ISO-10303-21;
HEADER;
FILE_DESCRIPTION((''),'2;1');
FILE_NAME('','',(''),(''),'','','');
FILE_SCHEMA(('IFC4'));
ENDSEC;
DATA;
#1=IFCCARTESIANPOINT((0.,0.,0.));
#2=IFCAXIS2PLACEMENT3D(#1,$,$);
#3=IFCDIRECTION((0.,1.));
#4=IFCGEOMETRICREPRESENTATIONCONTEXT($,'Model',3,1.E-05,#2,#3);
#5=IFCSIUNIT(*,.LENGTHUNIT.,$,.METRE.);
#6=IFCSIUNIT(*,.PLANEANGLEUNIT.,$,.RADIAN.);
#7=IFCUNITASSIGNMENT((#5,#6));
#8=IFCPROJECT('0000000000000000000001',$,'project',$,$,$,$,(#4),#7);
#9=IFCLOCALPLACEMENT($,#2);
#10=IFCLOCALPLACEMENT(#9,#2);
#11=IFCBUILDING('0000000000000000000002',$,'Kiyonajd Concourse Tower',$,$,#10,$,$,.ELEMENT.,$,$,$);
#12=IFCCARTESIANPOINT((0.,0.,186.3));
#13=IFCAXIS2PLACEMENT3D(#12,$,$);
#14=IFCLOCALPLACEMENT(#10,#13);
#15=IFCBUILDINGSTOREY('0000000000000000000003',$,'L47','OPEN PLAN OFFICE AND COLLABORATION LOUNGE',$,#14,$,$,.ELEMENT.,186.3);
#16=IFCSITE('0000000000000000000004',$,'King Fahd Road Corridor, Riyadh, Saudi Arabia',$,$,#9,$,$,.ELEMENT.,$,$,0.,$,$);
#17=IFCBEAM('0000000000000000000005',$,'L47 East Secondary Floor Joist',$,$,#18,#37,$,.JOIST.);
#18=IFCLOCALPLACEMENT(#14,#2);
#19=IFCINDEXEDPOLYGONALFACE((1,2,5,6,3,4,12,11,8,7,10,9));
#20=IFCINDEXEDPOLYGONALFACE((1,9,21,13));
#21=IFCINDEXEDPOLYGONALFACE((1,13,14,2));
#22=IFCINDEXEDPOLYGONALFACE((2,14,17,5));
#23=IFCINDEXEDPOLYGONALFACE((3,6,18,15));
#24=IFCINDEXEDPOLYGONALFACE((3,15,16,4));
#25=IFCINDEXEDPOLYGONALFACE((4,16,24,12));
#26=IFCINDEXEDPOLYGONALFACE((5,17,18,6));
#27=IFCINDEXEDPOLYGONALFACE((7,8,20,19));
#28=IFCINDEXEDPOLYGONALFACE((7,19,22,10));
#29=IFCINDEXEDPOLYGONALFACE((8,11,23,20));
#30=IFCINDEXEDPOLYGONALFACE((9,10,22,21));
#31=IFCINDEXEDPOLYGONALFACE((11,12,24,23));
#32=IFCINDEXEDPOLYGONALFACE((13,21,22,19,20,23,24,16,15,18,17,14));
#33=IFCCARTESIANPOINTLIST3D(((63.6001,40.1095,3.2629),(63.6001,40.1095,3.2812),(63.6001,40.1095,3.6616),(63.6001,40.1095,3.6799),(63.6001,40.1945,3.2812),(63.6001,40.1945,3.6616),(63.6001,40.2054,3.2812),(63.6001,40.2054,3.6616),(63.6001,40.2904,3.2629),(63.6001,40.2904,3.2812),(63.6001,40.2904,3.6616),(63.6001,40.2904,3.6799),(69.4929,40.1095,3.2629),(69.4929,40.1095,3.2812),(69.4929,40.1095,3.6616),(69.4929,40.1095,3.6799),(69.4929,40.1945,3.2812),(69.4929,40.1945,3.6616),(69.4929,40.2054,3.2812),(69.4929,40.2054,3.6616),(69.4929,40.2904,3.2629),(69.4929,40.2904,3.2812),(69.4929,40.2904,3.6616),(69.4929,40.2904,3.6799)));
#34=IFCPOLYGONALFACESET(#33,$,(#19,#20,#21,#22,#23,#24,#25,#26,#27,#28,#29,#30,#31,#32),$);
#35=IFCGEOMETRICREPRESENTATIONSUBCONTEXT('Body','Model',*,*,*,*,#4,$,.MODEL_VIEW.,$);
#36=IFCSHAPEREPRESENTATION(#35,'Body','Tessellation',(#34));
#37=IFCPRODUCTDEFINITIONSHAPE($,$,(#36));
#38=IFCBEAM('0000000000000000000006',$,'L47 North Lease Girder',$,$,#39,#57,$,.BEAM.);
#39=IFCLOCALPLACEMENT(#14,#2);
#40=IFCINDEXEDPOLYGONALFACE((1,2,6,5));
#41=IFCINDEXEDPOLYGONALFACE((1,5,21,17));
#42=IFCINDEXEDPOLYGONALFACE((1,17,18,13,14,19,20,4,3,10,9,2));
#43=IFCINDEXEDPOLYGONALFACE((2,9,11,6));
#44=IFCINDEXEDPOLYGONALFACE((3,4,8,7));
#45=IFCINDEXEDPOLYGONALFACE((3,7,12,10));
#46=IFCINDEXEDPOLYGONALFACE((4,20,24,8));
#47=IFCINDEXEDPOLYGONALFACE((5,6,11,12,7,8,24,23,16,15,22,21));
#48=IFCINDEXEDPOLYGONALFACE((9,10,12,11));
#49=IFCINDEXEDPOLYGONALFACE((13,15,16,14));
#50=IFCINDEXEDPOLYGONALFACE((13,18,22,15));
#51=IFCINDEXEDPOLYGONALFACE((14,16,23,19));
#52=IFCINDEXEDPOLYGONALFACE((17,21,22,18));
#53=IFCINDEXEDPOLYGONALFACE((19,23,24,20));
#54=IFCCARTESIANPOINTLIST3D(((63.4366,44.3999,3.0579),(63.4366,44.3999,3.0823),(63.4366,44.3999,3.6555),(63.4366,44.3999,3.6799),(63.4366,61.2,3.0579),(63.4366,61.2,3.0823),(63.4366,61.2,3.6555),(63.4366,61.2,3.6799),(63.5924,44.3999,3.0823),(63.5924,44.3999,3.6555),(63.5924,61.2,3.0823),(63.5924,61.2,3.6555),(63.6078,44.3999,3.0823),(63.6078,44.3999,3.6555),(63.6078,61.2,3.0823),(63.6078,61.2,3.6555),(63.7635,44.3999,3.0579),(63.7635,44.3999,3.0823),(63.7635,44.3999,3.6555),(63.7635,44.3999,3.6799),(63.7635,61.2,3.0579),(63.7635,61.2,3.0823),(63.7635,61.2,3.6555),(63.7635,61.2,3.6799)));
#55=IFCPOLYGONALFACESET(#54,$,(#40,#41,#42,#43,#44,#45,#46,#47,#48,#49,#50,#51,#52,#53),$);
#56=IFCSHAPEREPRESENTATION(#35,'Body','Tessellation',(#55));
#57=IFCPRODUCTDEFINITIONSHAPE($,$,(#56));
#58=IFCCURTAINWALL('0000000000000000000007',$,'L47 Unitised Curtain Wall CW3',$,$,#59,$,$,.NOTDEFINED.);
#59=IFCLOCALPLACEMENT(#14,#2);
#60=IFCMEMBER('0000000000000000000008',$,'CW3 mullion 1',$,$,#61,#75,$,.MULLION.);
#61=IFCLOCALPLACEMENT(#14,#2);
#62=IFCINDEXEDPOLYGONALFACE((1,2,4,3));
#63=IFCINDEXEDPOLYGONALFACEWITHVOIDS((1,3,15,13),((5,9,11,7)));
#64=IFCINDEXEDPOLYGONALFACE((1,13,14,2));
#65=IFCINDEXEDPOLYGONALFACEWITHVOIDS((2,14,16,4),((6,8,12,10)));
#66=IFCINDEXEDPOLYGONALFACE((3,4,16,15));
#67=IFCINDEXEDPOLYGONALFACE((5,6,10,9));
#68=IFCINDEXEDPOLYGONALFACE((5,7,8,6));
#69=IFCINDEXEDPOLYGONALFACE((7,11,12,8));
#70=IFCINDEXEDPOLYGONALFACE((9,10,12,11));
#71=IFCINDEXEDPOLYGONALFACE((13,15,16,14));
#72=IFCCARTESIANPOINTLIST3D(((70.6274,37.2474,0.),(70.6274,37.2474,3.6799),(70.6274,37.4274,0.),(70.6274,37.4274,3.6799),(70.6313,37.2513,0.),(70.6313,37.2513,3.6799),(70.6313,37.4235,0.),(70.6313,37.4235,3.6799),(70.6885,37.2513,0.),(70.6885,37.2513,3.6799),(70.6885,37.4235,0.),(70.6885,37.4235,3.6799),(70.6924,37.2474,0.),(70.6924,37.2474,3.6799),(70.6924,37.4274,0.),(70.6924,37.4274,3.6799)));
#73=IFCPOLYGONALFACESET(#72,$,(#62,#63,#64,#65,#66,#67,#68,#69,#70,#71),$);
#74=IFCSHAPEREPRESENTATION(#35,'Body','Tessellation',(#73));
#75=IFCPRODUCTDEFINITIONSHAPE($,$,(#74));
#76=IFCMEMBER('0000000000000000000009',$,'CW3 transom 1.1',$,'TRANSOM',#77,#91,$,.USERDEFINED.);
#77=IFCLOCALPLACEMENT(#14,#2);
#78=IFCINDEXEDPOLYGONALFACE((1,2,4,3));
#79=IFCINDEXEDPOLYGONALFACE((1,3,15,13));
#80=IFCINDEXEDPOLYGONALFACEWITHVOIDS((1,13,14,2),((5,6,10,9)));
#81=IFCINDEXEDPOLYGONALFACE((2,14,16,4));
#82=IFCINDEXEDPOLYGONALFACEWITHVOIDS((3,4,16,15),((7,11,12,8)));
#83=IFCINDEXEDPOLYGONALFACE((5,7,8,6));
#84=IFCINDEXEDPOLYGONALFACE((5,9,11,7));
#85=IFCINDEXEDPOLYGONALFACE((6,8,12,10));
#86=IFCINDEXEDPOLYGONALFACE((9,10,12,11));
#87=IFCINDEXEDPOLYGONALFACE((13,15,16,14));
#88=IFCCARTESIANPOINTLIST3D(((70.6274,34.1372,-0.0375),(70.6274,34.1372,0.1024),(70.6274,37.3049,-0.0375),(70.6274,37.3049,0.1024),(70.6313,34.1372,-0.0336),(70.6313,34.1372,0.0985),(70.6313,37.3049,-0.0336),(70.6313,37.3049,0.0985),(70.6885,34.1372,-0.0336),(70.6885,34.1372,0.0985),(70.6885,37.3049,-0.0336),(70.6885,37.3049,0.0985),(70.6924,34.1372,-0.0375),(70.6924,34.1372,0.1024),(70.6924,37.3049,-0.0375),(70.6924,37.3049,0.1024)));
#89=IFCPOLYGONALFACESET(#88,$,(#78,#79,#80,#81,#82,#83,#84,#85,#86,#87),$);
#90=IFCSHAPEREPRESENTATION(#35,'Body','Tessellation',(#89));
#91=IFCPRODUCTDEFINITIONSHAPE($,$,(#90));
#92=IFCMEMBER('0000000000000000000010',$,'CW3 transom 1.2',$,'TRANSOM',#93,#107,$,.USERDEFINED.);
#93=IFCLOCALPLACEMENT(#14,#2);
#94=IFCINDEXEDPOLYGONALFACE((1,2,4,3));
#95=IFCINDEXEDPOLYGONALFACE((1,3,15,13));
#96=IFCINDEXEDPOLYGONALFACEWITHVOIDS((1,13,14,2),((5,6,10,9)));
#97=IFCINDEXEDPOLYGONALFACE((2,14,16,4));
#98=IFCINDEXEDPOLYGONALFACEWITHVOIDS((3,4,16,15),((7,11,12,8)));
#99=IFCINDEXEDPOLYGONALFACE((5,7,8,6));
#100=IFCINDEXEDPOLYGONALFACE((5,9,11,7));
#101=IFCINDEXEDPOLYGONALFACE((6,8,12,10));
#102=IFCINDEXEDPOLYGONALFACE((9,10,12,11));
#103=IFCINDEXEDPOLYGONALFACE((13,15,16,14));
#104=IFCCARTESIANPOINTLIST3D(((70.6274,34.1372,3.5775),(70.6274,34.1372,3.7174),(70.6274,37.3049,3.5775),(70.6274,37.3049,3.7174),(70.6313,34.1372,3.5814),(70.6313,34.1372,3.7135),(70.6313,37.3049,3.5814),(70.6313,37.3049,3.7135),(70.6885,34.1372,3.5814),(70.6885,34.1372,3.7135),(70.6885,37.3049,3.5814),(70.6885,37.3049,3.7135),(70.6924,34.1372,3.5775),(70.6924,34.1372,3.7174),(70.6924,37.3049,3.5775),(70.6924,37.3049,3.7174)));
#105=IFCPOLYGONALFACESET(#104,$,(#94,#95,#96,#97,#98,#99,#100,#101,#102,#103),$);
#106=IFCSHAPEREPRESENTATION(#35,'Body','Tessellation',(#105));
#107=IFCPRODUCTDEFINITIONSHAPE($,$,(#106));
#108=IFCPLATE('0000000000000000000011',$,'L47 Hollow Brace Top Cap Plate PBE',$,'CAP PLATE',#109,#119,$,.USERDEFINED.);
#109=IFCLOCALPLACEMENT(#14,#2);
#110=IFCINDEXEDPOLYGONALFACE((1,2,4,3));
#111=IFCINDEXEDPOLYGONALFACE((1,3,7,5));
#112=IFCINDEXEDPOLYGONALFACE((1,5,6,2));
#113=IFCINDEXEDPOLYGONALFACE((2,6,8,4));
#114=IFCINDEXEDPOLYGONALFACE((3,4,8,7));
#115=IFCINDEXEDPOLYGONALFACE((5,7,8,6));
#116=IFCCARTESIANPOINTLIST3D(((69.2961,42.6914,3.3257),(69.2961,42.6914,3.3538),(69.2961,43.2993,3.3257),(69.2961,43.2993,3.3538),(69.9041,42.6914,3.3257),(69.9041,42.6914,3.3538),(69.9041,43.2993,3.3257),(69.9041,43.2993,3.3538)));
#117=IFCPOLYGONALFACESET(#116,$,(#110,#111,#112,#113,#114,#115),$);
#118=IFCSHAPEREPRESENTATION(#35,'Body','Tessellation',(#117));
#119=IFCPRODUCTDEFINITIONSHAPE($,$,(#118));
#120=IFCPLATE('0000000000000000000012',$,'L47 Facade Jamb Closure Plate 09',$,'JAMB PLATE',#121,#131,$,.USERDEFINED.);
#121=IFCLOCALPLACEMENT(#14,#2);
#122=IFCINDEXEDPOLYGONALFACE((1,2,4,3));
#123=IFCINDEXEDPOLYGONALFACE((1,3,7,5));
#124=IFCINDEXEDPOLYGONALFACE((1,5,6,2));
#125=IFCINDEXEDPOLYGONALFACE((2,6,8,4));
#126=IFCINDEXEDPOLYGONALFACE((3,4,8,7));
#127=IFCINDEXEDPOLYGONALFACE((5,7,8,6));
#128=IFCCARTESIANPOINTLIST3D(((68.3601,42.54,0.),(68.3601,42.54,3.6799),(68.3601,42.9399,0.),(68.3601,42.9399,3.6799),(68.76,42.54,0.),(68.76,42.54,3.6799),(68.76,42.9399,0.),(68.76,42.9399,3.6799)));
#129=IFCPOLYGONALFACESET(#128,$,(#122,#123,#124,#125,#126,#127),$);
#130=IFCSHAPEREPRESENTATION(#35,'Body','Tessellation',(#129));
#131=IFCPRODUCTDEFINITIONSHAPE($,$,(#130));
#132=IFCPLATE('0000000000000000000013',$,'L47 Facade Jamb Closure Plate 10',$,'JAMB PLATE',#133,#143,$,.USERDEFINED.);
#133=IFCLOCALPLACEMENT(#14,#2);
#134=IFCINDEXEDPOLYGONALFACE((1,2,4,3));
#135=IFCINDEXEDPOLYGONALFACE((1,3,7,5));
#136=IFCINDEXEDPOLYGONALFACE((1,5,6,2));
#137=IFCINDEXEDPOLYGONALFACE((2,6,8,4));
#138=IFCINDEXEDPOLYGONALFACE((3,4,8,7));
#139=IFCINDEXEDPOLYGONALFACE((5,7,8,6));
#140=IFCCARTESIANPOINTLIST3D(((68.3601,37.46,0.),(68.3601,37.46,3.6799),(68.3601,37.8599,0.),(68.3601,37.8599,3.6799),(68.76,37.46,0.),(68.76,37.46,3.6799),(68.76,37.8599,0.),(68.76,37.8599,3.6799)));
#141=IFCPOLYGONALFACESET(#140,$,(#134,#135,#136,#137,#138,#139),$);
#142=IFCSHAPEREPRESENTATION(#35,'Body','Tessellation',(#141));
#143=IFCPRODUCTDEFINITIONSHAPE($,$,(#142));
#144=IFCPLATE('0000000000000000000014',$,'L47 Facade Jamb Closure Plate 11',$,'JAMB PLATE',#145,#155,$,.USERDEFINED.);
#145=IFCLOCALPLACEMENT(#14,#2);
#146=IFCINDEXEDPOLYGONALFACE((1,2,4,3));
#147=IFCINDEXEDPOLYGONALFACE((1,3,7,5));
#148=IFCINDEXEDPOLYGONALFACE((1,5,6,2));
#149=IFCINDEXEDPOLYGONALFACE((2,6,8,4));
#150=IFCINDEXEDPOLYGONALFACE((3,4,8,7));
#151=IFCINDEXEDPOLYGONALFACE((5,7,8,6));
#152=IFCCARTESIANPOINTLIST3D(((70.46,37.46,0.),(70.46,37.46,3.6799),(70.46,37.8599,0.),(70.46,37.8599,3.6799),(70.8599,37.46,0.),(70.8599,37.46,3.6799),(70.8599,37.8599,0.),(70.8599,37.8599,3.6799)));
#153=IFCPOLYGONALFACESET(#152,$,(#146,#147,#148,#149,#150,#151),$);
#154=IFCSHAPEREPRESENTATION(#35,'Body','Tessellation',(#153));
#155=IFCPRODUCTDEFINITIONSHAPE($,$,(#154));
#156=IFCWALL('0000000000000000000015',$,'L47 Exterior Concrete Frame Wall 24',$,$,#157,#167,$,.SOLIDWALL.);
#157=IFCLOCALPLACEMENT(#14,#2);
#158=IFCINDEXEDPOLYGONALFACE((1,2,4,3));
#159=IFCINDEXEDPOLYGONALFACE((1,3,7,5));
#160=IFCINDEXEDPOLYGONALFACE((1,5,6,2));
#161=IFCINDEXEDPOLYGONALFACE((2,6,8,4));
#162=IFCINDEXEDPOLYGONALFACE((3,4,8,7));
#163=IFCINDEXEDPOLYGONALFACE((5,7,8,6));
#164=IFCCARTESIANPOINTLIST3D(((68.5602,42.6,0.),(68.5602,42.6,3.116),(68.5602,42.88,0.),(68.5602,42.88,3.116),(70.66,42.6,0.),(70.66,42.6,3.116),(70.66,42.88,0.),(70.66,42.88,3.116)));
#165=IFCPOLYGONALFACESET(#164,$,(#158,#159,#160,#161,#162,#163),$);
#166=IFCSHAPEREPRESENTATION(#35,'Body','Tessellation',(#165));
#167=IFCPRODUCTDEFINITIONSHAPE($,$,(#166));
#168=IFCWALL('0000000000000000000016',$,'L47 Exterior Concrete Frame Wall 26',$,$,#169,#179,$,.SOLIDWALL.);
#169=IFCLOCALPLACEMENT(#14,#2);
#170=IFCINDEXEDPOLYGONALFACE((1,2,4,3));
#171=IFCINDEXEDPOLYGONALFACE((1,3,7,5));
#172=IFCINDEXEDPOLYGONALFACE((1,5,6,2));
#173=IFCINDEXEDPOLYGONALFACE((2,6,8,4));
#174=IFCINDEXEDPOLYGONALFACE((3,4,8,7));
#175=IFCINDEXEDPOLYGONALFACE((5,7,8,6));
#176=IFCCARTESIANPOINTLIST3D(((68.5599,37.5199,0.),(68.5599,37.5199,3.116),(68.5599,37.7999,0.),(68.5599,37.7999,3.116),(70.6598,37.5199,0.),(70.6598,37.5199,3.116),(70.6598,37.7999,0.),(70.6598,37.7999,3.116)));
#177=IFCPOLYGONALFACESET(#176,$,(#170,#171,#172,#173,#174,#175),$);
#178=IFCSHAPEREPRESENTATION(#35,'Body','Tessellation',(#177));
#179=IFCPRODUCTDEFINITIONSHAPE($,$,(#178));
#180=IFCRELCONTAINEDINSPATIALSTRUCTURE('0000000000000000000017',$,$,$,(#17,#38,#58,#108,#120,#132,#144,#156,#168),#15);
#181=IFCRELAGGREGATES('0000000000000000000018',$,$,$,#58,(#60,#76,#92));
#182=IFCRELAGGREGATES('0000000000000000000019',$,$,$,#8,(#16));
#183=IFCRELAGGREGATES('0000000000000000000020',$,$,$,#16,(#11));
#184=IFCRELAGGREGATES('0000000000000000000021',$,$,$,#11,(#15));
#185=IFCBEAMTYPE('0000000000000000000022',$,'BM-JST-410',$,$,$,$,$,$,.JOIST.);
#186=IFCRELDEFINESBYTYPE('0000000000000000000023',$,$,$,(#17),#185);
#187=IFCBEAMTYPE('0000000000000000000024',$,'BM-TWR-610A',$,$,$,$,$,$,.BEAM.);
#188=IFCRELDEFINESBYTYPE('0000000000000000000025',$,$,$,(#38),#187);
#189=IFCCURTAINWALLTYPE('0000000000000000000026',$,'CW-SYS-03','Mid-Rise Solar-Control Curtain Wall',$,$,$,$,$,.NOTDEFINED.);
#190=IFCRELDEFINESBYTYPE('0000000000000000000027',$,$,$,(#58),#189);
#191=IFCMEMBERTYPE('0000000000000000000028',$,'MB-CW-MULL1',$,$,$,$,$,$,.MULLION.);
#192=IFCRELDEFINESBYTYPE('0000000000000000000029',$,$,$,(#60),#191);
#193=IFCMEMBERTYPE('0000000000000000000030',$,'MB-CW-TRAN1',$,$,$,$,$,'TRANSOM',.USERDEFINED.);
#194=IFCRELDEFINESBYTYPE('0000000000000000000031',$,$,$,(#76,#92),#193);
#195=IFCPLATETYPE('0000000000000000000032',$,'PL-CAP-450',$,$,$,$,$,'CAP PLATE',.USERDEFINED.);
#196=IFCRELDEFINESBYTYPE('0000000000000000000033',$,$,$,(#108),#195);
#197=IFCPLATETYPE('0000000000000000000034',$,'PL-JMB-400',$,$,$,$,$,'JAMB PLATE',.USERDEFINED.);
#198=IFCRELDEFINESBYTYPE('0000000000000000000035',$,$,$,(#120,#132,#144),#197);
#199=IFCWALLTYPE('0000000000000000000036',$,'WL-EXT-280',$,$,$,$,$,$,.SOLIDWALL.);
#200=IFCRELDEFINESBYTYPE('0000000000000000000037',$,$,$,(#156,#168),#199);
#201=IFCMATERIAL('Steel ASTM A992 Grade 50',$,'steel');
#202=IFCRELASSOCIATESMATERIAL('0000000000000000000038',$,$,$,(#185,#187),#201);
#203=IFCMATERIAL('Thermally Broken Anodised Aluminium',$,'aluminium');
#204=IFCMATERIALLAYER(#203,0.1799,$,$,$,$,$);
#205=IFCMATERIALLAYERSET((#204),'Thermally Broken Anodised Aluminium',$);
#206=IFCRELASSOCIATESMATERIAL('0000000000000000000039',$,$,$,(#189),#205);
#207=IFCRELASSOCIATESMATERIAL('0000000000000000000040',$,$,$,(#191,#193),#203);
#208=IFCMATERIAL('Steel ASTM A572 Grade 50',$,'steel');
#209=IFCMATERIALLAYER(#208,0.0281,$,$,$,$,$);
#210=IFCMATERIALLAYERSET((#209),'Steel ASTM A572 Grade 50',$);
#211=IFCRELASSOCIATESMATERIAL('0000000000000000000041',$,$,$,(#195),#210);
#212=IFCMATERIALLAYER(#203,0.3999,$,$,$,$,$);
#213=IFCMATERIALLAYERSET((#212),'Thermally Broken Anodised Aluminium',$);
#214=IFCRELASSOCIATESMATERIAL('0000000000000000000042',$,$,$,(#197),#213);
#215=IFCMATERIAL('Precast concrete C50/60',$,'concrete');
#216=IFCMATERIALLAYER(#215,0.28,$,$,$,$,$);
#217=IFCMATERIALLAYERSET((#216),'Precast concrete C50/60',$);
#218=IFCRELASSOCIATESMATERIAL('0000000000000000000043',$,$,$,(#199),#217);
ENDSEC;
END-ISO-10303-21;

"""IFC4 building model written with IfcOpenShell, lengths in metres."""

from ifc_helpers import new_model, si_unit, direction, frame, frame_2d, origin, origin_2d, place, context, subcontext, project, spatial, rectangle, hollow_rectangle, i_section, extrude, material, layer, layer_set, material_profile, profile_set, type_object, element, aggregate, save


model = new_model("IFC4")

# Units and contexts
model_context = context("Model", 3, precision=1e-05, world=origin(), true_north=direction((0.0, 1.0)))
body_context = subcontext(model_context, "Body", "Model", "MODEL_VIEW")
ifc_project = project(units=[si_unit("LENGTHUNIT", "METRE"), si_unit("PLANEANGLEUNIT", "RADIAN")], contexts=[model_context])

# Site, building, storey
site_placement = place(None, origin())
site = spatial("IfcSite", under=ifc_project, at=site_placement, Name="King Fahd Road Corridor, Riyadh, Saudi Arabia", CompositionType="ELEMENT", RefElevation=0.0)
building_placement = place(site_placement, origin())
building = spatial("IfcBuilding", under=site, at=building_placement, Name="Kiyonajd Concourse Tower", CompositionType="ELEMENT")
storey_placement = place(building_placement, frame((0.0, 0.0, 186.3)))
storey = spatial("IfcBuildingStorey", under=building, at=storey_placement, Name="L47", Description="OPEN PLAN OFFICE AND COLLABORATION LOUNGE", CompositionType="ELEMENT", Elevation=186.3)

# Beams
ifc_material_1 = material(Name="Steel ASTM A992 Grade 50", Category="steel")
ifc_material_profile_1 = material_profile(ifc_material_1, i_section(OverallWidth=0.1809, OverallDepth=0.417, WebThickness=0.011, FlangeThickness=0.0183, at=origin_2d()), Name="W410X85")
ifc_profile_set_1 = profile_set([ifc_material_profile_1], Name="Steel ASTM A992 Grade 50")
beam_type_1 = type_object("IfcBeamType", Name="BM-JST-410", PredefinedType="JOIST", material=ifc_profile_set_1)
beam_1_placement = place(storey_placement, frame((63.6001, 40.2, 3.4714), z_axis=(1.0, 0.0, 0.0), x_axis=(0.0, 1.0, 0.0)))
element("IfcBeam", 1, at=beam_1_placement, inside=storey, type_object=beam_type_1, Name="L47 East Secondary Floor Joist", PredefinedType="JOIST", context=body_context, shape_type="SweptSolid", body=[
    extrude(i_section(OverallWidth=0.1809, OverallDepth=0.417, WebThickness=0.011, FlangeThickness=0.0183, at=origin_2d()), origin(), (0.0, 0.0, 1.0), 5.8928),
])
ifc_material_profile_2 = material_profile(ifc_material_1, i_section(OverallWidth=0.3269, OverallDepth=0.6221, WebThickness=0.0154, FlangeThickness=0.0244, at=origin_2d()), Name="W610X195")
ifc_profile_set_2 = profile_set([ifc_material_profile_2], Name="Steel ASTM A992 Grade 50")
beam_type_2 = type_object("IfcBeamType", Name="BM-TWR-610A", PredefinedType="BEAM", material=ifc_profile_set_2)
beam_2_placement = place(storey_placement, frame((63.6001, 44.3999, 3.3689), z_axis=(0.0, 1.0, 0.0), x_axis=(-1.0, 0.0, 0.0)))
element("IfcBeam", 2, at=beam_2_placement, inside=storey, type_object=beam_type_2, Name="L47 North Lease Girder", PredefinedType="BEAM", context=body_context, shape_type="SweptSolid", body=[
    extrude(i_section(OverallWidth=0.3269, OverallDepth=0.6221, WebThickness=0.0154, FlangeThickness=0.0244, at=origin_2d()), origin(), (0.0, 0.0, 1.0), 16.8),
])

# Curtain wall, members
ifc_material_2 = material(Name="Thermally Broken Anodised Aluminium", Category="aluminium")
ifc_layer_1 = layer(ifc_material_2, 0.1799)
ifc_layer_set_1 = layer_set([ifc_layer_1], Name="Thermally Broken Anodised Aluminium")
curtain_wall_type = type_object("IfcCurtainWallType", Name="CW-SYS-03", Description="Mid-Rise Solar-Control Curtain Wall", PredefinedType="NOTDEFINED", material=ifc_layer_set_1)
curtain_wall_placement = place(storey_placement, origin())
curtain_wall = element("IfcCurtainWall", 3, at=curtain_wall_placement, inside=storey, type_object=curtain_wall_type, Name="L47 Unitised Curtain Wall CW3", PredefinedType="NOTDEFINED")
ifc_material_profile_3 = material_profile(ifc_material_2, hollow_rectangle(XDim=0.0649, YDim=0.1799, WallThickness=0.0039, at=origin_2d()), Name="MULL-65x180")
ifc_profile_set_3 = profile_set([ifc_material_profile_3], Name="Thermally Broken Anodised Aluminium")
member_type_1 = type_object("IfcMemberType", Name="MB-CW-MULL1", PredefinedType="MULLION", material=ifc_profile_set_3)
member_1_placement = place(storey_placement, frame((70.6599, 37.3374, 0.0), z_axis=(0.0, 0.0, 1.0), x_axis=(1.0, 0.0, 0.0)))
member_1 = element("IfcMember", 4, at=member_1_placement, type_object=member_type_1, Name="CW3 mullion 1", PredefinedType="MULLION", context=body_context, shape_type="SweptSolid", body=[
    extrude(hollow_rectangle(XDim=0.0649, YDim=0.1799, WallThickness=0.0039, at=origin_2d()), origin(), (0.0, 0.0, 1.0), 3.6799),
])
ifc_material_profile_4 = material_profile(ifc_material_2, hollow_rectangle(XDim=0.0649, YDim=0.1399, WallThickness=0.0039, at=origin_2d()), Name="TRAN-65x140")
ifc_profile_set_4 = profile_set([ifc_material_profile_4], Name="Thermally Broken Anodised Aluminium")
member_type_2 = type_object("IfcMemberType", Name="MB-CW-TRAN1", ElementType="TRANSOM", PredefinedType="USERDEFINED", material=ifc_profile_set_4)
member_2_placement = place(storey_placement, frame((70.6599, 37.3049, 0.0325), z_axis=(0.0, -1.0, 0.0), x_axis=(1.0, 0.0, 0.0)))
member_2 = element("IfcMember", 5, at=member_2_placement, type_object=member_type_2, Name="CW3 transom 1.1", ObjectType="TRANSOM", PredefinedType="USERDEFINED", context=body_context, shape_type="SweptSolid", body=[
    extrude(hollow_rectangle(XDim=0.0649, YDim=0.1399, WallThickness=0.0039, at=origin_2d()), origin(), (0.0, 0.0, 1.0), 3.1677),
])
member_3_placement = place(storey_placement, frame((70.6599, 37.3049, 3.6475), z_axis=(0.0, -1.0, 0.0), x_axis=(1.0, 0.0, 0.0)))
member_3 = element("IfcMember", 6, at=member_3_placement, type_object=member_type_2, Name="CW3 transom 1.2", ObjectType="TRANSOM", PredefinedType="USERDEFINED", context=body_context, shape_type="SweptSolid", body=[
    extrude(hollow_rectangle(XDim=0.0649, YDim=0.1399, WallThickness=0.0039, at=origin_2d()), origin(), (0.0, 0.0, 1.0), 3.1677),
])
aggregate(curtain_wall, [member_1, member_2, member_3])

# Plates
ifc_material_3 = material(Name="Steel ASTM A572 Grade 50", Category="steel")
ifc_layer_2 = layer(ifc_material_3, 0.0281)
ifc_layer_set_2 = layer_set([ifc_layer_2], Name="Steel ASTM A572 Grade 50")
plate_type_1 = type_object("IfcPlateType", Name="PL-CAP-450", ElementType="CAP PLATE", PredefinedType="USERDEFINED", material=ifc_layer_set_2)
plate_placement = place(storey_placement, frame((69.6001, 42.9954, 3.3257), z_axis=(0.0, 0.0, 1.0), x_axis=(1.0, 0.0, 0.0)))
element("IfcPlate", 7, at=plate_placement, inside=storey, type_object=plate_type_1, Name="L47 Hollow Brace Top Cap Plate PBE", ObjectType="CAP PLATE", PredefinedType="USERDEFINED", context=body_context, shape_type="SweptSolid", body=[
    extrude(rectangle(XDim=0.6079, YDim=0.6079, at=origin_2d()), origin(), (0.0, 0.0, 1.0), 0.0281),
])
ifc_layer_3 = layer(ifc_material_2, 0.3999)
ifc_layer_set_3 = layer_set([ifc_layer_3], Name="Thermally Broken Anodised Aluminium")
plate_type_2 = type_object("IfcPlateType", Name="PL-JMB-400", ElementType="JAMB PLATE", PredefinedType="USERDEFINED", material=ifc_layer_set_3)
for number, where, z_axis, x_axis, name in (
    (8, (68.5601, 42.74, 0.0), (0.0, 0.0, 1.0), (1.0, 0.0, 0.0), "L47 Facade Jamb Closure Plate 09"),
    (9, (68.5601, 37.6599, 0.0), (0.0, 0.0, 1.0), (1.0, 0.0, 0.0), "L47 Facade Jamb Closure Plate 10"),
    (10, (70.6599, 37.6599, 0.0), (0.0, 0.0, 1.0), (1.0, 0.0, 0.0), "L47 Facade Jamb Closure Plate 11"),
):
    element("IfcPlate", number, at=place(storey_placement, frame(where, z_axis=z_axis, x_axis=x_axis)), inside=storey, type_object=plate_type_2, Name=name, ObjectType="JAMB PLATE", PredefinedType="USERDEFINED", context=body_context, shape_type="SweptSolid", body=[
        extrude(rectangle(XDim=0.3999, YDim=0.3999, at=origin_2d()), origin(), (0.0, 0.0, 1.0), 3.6799),
    ])

# Walls
ifc_material_4 = material(Name="Precast concrete C50/60", Category="concrete")
ifc_layer_4 = layer(ifc_material_4, 0.28)
ifc_layer_set_4 = layer_set([ifc_layer_4], Name="Precast concrete C50/60")
wall_type_1 = type_object("IfcWallType", Name="WL-EXT-280", PredefinedType="SOLIDWALL", material=ifc_layer_set_4)
for number, where, z_axis, x_axis, name in (
    (11, (70.6599, 42.74, 0.0), (0.0, 0.0, 1.0), (-1.0, 0.0, 0.0), "L47 Exterior Concrete Frame Wall 24"),
    (12, (68.5601, 37.6599, 0.0), (0.0, 0.0, 1.0), (1.0, 0.0, 0.0), "L47 Exterior Concrete Frame Wall 26"),
):
    element("IfcWall", number, at=place(storey_placement, frame(where, z_axis=z_axis, x_axis=x_axis)), inside=storey, type_object=wall_type_1, Name=name, PredefinedType="SOLIDWALL", context=body_context, shape_type="SweptSolid", body=[
        extrude(rectangle(XDim=2.0999, YDim=0.28, at=frame_2d((1.0498, 0.0))), origin(), (0.0, 0.0, 1.0), 3.116),
    ])

save(model, "model.ifc")
